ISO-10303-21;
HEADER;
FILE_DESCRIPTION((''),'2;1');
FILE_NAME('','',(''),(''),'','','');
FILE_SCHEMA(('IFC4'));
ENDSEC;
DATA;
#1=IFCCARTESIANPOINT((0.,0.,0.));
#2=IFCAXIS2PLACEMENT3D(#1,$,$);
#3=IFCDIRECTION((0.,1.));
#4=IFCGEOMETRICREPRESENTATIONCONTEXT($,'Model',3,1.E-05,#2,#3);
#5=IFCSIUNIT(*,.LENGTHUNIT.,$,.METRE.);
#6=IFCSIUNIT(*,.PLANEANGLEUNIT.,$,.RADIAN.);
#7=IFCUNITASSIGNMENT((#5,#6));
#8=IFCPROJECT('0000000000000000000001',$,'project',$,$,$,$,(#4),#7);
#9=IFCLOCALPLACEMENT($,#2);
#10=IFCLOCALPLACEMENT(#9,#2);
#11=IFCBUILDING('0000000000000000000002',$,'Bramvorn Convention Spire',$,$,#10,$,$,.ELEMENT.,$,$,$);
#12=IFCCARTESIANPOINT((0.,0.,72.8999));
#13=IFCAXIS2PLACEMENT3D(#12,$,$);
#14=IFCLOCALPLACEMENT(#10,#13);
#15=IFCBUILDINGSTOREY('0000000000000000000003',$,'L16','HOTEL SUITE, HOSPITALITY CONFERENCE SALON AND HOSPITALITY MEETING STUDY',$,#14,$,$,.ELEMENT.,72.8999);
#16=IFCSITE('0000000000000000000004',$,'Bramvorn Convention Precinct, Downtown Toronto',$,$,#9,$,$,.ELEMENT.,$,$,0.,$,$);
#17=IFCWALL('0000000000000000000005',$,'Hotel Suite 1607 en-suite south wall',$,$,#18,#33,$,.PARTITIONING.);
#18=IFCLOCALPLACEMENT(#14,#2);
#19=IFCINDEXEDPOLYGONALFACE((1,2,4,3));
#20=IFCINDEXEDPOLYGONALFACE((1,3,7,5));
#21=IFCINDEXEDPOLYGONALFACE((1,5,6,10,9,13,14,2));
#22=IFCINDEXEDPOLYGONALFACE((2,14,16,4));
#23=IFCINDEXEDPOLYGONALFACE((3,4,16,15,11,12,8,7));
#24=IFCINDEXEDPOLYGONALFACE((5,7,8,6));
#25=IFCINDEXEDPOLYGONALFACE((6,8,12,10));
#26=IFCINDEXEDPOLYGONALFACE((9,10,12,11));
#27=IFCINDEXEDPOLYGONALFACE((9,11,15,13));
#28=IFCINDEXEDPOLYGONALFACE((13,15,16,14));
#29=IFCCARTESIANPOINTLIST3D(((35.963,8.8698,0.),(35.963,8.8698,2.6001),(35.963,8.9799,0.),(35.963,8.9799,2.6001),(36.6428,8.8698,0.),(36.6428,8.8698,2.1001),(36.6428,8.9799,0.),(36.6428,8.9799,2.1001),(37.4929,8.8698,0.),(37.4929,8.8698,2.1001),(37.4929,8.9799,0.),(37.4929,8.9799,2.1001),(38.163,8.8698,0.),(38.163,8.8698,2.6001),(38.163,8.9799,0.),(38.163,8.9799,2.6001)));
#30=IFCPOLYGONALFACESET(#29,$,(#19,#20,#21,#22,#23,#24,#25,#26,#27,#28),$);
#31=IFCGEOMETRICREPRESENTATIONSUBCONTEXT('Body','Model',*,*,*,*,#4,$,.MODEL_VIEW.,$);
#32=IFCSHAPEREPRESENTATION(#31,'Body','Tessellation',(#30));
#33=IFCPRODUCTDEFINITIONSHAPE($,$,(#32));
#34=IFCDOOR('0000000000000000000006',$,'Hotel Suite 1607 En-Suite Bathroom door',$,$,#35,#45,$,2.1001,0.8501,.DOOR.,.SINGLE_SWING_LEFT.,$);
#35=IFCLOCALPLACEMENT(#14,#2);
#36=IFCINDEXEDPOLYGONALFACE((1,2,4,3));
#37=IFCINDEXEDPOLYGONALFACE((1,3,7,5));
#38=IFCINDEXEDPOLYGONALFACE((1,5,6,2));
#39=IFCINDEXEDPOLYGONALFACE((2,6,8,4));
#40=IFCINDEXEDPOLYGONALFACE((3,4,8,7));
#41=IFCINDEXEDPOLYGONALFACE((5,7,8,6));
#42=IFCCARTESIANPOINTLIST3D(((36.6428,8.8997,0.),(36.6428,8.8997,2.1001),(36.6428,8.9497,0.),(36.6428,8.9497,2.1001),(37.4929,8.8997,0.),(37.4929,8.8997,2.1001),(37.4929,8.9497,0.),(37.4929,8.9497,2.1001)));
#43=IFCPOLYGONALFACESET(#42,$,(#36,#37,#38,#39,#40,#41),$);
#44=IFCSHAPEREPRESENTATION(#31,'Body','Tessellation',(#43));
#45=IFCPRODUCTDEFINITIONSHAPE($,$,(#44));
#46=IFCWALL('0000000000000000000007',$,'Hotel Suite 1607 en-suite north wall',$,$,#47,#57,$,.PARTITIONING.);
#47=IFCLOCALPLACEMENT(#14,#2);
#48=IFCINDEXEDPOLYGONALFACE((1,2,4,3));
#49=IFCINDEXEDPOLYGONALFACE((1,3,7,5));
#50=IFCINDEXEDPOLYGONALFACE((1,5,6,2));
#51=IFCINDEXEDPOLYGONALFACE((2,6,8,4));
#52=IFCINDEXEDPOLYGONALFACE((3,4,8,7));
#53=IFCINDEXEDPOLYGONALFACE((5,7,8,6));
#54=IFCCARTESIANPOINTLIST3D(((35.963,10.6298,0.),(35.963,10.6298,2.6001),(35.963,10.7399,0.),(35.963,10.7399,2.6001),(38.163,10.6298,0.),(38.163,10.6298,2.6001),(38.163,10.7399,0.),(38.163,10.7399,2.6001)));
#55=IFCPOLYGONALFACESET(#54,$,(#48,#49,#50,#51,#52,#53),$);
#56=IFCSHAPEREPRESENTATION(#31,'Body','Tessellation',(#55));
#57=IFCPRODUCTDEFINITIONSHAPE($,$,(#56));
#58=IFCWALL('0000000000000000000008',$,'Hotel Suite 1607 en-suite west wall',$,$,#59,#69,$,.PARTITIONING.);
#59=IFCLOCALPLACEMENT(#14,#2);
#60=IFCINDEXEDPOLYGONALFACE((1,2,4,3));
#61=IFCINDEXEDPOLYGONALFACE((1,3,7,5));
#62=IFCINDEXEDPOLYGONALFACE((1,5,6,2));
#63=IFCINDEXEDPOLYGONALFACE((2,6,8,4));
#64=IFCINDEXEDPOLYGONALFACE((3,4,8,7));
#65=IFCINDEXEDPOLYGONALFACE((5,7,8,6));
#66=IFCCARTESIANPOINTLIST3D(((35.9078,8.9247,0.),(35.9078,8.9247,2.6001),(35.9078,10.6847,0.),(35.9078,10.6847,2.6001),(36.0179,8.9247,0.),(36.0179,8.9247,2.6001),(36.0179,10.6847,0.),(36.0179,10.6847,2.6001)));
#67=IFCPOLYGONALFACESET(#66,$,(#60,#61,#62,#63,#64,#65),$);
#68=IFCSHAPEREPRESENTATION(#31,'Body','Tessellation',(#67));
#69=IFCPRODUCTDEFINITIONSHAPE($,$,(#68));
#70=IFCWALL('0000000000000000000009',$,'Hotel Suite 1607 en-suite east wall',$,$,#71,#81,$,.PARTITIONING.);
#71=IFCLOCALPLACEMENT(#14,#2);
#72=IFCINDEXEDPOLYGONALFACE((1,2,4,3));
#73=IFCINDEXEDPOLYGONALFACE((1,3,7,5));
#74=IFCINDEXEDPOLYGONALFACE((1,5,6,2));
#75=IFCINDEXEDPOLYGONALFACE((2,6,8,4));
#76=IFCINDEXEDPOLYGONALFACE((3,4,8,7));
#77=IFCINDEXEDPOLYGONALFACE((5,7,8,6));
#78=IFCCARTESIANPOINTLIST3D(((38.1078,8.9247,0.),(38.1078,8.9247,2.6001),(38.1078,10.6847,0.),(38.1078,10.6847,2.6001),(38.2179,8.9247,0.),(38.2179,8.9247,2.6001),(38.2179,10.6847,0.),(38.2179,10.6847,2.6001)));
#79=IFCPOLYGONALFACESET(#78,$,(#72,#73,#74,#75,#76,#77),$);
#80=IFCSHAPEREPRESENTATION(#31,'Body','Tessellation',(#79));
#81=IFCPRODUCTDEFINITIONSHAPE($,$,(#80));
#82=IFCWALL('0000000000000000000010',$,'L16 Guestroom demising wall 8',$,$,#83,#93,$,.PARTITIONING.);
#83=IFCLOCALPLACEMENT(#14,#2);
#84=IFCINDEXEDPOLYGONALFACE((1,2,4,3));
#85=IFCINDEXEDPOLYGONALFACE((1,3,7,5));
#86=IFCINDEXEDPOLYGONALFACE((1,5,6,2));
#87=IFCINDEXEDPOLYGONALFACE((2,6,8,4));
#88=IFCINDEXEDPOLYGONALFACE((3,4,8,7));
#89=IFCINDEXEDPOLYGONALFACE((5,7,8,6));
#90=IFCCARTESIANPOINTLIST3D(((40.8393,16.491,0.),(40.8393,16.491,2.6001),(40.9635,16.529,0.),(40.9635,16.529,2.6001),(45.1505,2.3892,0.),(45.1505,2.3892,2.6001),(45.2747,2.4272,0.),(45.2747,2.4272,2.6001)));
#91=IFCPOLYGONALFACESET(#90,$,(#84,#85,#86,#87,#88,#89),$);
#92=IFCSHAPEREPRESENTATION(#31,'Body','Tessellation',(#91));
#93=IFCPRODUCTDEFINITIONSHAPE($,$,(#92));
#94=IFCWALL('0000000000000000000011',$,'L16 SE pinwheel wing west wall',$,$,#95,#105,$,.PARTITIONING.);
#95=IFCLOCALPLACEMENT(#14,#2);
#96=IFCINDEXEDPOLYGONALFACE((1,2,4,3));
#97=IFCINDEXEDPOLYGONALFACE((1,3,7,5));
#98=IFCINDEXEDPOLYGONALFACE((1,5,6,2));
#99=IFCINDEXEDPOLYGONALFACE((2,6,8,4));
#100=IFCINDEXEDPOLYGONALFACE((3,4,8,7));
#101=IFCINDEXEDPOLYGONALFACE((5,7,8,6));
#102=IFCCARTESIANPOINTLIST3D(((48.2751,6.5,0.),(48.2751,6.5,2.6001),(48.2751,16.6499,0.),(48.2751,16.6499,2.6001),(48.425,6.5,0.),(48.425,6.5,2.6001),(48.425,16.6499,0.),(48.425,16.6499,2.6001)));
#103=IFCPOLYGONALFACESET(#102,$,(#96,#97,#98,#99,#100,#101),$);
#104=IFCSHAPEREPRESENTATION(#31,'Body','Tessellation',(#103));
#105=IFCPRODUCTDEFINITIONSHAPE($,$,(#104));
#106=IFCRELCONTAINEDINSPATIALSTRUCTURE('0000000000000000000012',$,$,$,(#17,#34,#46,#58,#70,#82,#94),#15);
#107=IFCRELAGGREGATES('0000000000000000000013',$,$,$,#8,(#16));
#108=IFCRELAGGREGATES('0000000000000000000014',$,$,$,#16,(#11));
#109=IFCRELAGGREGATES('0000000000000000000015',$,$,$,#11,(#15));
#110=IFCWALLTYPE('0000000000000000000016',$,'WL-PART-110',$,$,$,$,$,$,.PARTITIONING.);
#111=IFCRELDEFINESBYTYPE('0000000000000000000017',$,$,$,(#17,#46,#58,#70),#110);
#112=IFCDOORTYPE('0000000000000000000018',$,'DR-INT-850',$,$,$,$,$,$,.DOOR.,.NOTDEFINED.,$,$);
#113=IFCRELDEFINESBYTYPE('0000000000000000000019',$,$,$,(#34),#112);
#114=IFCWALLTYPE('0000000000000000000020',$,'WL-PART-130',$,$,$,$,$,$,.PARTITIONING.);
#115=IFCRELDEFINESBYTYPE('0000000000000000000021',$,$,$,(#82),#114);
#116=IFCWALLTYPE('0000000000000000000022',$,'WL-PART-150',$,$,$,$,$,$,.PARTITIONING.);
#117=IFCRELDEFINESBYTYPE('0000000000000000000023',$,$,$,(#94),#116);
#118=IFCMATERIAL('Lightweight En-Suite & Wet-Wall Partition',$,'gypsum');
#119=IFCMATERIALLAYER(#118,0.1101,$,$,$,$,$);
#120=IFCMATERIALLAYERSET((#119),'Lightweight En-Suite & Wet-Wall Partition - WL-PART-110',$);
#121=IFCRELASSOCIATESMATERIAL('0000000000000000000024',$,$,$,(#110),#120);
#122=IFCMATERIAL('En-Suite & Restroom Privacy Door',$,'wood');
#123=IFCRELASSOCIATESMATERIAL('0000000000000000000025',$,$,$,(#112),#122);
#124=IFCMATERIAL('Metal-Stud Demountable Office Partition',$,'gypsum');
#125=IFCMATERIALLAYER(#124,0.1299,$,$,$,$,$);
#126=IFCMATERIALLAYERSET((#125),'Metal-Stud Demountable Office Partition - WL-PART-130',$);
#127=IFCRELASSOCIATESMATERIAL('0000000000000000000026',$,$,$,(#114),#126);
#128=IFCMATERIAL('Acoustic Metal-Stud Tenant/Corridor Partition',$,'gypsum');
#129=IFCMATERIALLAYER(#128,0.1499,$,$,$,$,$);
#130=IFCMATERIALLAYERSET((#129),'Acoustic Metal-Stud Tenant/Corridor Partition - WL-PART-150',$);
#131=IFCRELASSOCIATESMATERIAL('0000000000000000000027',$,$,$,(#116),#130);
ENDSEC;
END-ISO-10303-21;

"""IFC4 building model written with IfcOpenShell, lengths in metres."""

from ifc_helpers import new_model, si_unit, direction, frame, frame_2d, origin, place, context, subcontext, project, spatial, rectangle, extrude, material, layer, layer_set, type_object, element, fill, save


model = new_model("IFC4")

# Units and contexts
model_context = context("Model", 3, precision=1e-05, world=origin(), true_north=direction((0.0, 1.0)))
body_context = subcontext(model_context, "Body", "Model", "MODEL_VIEW")
ifc_project = project(units=[si_unit("LENGTHUNIT", "METRE"), si_unit("PLANEANGLEUNIT", "RADIAN")], contexts=[model_context])

# Site, building, storey
site_placement = place(None, origin())
site = spatial("IfcSite", under=ifc_project, at=site_placement, Name="Bramvorn Convention Precinct, Downtown Toronto", CompositionType="ELEMENT", RefElevation=0.0)
building_placement = place(site_placement, origin())
building = spatial("IfcBuilding", under=site, at=building_placement, Name="Bramvorn Convention Spire", CompositionType="ELEMENT")
storey_placement = place(building_placement, frame((0.0, 0.0, 72.8999)))
storey = spatial("IfcBuildingStorey", under=building, at=storey_placement, Name="L16", Description="HOTEL SUITE, HOSPITALITY CONFERENCE SALON AND HOSPITALITY MEETING STUDY", CompositionType="ELEMENT", Elevation=72.8999)

# Wall, opening, door
ifc_material_1 = material(Name="Lightweight En-Suite & Wet-Wall Partition", Category="gypsum")
ifc_layer_1 = layer(ifc_material_1, 0.1101)
ifc_layer_set_1 = layer_set([ifc_layer_1], Name="Lightweight En-Suite & Wet-Wall Partition - WL-PART-110")
wall_type_1 = type_object("IfcWallType", Name="WL-PART-110", PredefinedType="PARTITIONING", material=ifc_layer_set_1)
wall_1_placement = place(storey_placement, frame((35.9629, 8.9248, 0.0), z_axis=(0.0, 0.0, 1.0), x_axis=(1.0, 0.0, 0.0)))
wall_1 = element("IfcWall", 1, at=wall_1_placement, inside=storey, type_object=wall_type_1, Name="Hotel Suite 1607 en-suite south wall", PredefinedType="PARTITIONING", context=body_context, shape_type="SweptSolid", body=[
    extrude(rectangle(XDim=2.2, YDim=0.1101, at=frame_2d((1.1001, 0.0))), origin(), (0.0, 0.0, 1.0), 2.6001),
])
opening_placement = place(wall_1_placement, frame((0.6799, 0.0, 0.0)))
opening = element("IfcOpeningElement", 2, at=opening_placement, cuts=wall_1, PredefinedType="OPENING", context=body_context, shape_type="SweptSolid", body=[
    extrude(rectangle(XDim=0.8501, YDim=2.1001, at=frame_2d((0.425, 1.05))), frame((0.0, 0.0649, 0.0), z_axis=(0.0, -1.0, 0.0), x_axis=(1.0, 0.0, 0.0)), (0.0, 0.0, 1.0), 0.1301),
])
ifc_material_2 = material(Name="En-Suite & Restroom Privacy Door", Category="wood")
door_type = type_object("IfcDoorType", Name="DR-INT-850", OperationType="NOTDEFINED", PredefinedType="DOOR", material=ifc_material_2)
door_placement = place(opening_placement, origin())
door = element("IfcDoor", 3, at=door_placement, inside=storey, type_object=door_type, Name="Hotel Suite 1607 En-Suite Bathroom door", OperationType="SINGLE_SWING_LEFT", OverallHeight=2.1001, OverallWidth=0.8501, PredefinedType="DOOR", context=body_context, shape_type="SweptSolid", body=[
    extrude(rectangle(XDim=0.8501, YDim=2.1001, at=frame_2d((0.425, 1.05))), frame((0.0, 0.0249, 0.0), z_axis=(0.0, -1.0, 0.0), x_axis=(1.0, 0.0, 0.0)), (0.0, 0.0, 1.0), 0.05),
])
fill(opening, door)

# Walls
wall_2_placement = place(storey_placement, frame((35.9629, 10.6848, 0.0), z_axis=(0.0, 0.0, 1.0), x_axis=(1.0, 0.0, 0.0)))
element("IfcWall", 4, at=wall_2_placement, inside=storey, type_object=wall_type_1, Name="Hotel Suite 1607 en-suite north wall", PredefinedType="PARTITIONING", context=body_context, shape_type="SweptSolid", body=[
    extrude(rectangle(XDim=2.2, YDim=0.1101, at=frame_2d((1.1001, 0.0))), origin(), (0.0, 0.0, 1.0), 2.6001),
])
for number, where, z_axis, x_axis, name in (
    (5, (35.9629, 8.9248, 0.0), (0.0, 0.0, 1.0), (0.0, 1.0, 0.0), "Hotel Suite 1607 en-suite west wall"),
    (6, (38.1628, 8.9248, 0.0), (0.0, 0.0, 1.0), (0.0, 1.0, 0.0), "Hotel Suite 1607 en-suite east wall"),
):
    element("IfcWall", number, at=place(storey_placement, frame(where, z_axis=z_axis, x_axis=x_axis)), inside=storey, type_object=wall_type_1, Name=name, PredefinedType="PARTITIONING", context=body_context, shape_type="SweptSolid", body=[
        extrude(rectangle(XDim=1.76, YDim=0.1101, at=frame_2d((0.8799, 0.0))), origin(), (0.0, 0.0, 1.0), 2.6001),
    ])
ifc_material_3 = material(Name="Metal-Stud Demountable Office Partition", Category="gypsum")
ifc_layer_2 = layer(ifc_material_3, 0.1299)
ifc_layer_set_2 = layer_set([ifc_layer_2], Name="Metal-Stud Demountable Office Partition - WL-PART-130")
wall_type_2 = type_object("IfcWallType", Name="WL-PART-130", PredefinedType="PARTITIONING", material=ifc_layer_set_2)
wall_3_placement = place(storey_placement, frame((40.9014, 16.51, 0.0), z_axis=(0.0, 0.0, 1.0), x_axis=(0.292367, -0.956306, 0.0)))
element("IfcWall", 7, at=wall_3_placement, inside=storey, type_object=wall_type_2, Name="L16 Guestroom demising wall 8", PredefinedType="PARTITIONING", context=body_context, shape_type="SweptSolid", body=[
    extrude(rectangle(XDim=14.7461, YDim=0.1299, at=frame_2d((7.373, 0.0))), origin(), (0.0, 0.0, 1.0), 2.6001),
])
ifc_material_4 = material(Name="Acoustic Metal-Stud Tenant/Corridor Partition", Category="gypsum")
ifc_layer_3 = layer(ifc_material_4, 0.1499)
ifc_layer_set_3 = layer_set([ifc_layer_3], Name="Acoustic Metal-Stud Tenant/Corridor Partition - WL-PART-150")
wall_type_3 = type_object("IfcWallType", Name="WL-PART-150", PredefinedType="PARTITIONING", material=ifc_layer_set_3)
wall_4_placement = place(storey_placement, frame((48.3501, 6.5, 0.0), z_axis=(0.0, 0.0, 1.0), x_axis=(0.0, 1.0, 0.0)))
element("IfcWall", 8, at=wall_4_placement, inside=storey, type_object=wall_type_3, Name="L16 SE pinwheel wing west wall", PredefinedType="PARTITIONING", context=body_context, shape_type="SweptSolid", body=[
    extrude(rectangle(XDim=10.1499, YDim=0.1499, at=frame_2d((5.075, 0.0))), origin(), (0.0, 0.0, 1.0), 2.6001),
])

save(model, "model.ifc")
